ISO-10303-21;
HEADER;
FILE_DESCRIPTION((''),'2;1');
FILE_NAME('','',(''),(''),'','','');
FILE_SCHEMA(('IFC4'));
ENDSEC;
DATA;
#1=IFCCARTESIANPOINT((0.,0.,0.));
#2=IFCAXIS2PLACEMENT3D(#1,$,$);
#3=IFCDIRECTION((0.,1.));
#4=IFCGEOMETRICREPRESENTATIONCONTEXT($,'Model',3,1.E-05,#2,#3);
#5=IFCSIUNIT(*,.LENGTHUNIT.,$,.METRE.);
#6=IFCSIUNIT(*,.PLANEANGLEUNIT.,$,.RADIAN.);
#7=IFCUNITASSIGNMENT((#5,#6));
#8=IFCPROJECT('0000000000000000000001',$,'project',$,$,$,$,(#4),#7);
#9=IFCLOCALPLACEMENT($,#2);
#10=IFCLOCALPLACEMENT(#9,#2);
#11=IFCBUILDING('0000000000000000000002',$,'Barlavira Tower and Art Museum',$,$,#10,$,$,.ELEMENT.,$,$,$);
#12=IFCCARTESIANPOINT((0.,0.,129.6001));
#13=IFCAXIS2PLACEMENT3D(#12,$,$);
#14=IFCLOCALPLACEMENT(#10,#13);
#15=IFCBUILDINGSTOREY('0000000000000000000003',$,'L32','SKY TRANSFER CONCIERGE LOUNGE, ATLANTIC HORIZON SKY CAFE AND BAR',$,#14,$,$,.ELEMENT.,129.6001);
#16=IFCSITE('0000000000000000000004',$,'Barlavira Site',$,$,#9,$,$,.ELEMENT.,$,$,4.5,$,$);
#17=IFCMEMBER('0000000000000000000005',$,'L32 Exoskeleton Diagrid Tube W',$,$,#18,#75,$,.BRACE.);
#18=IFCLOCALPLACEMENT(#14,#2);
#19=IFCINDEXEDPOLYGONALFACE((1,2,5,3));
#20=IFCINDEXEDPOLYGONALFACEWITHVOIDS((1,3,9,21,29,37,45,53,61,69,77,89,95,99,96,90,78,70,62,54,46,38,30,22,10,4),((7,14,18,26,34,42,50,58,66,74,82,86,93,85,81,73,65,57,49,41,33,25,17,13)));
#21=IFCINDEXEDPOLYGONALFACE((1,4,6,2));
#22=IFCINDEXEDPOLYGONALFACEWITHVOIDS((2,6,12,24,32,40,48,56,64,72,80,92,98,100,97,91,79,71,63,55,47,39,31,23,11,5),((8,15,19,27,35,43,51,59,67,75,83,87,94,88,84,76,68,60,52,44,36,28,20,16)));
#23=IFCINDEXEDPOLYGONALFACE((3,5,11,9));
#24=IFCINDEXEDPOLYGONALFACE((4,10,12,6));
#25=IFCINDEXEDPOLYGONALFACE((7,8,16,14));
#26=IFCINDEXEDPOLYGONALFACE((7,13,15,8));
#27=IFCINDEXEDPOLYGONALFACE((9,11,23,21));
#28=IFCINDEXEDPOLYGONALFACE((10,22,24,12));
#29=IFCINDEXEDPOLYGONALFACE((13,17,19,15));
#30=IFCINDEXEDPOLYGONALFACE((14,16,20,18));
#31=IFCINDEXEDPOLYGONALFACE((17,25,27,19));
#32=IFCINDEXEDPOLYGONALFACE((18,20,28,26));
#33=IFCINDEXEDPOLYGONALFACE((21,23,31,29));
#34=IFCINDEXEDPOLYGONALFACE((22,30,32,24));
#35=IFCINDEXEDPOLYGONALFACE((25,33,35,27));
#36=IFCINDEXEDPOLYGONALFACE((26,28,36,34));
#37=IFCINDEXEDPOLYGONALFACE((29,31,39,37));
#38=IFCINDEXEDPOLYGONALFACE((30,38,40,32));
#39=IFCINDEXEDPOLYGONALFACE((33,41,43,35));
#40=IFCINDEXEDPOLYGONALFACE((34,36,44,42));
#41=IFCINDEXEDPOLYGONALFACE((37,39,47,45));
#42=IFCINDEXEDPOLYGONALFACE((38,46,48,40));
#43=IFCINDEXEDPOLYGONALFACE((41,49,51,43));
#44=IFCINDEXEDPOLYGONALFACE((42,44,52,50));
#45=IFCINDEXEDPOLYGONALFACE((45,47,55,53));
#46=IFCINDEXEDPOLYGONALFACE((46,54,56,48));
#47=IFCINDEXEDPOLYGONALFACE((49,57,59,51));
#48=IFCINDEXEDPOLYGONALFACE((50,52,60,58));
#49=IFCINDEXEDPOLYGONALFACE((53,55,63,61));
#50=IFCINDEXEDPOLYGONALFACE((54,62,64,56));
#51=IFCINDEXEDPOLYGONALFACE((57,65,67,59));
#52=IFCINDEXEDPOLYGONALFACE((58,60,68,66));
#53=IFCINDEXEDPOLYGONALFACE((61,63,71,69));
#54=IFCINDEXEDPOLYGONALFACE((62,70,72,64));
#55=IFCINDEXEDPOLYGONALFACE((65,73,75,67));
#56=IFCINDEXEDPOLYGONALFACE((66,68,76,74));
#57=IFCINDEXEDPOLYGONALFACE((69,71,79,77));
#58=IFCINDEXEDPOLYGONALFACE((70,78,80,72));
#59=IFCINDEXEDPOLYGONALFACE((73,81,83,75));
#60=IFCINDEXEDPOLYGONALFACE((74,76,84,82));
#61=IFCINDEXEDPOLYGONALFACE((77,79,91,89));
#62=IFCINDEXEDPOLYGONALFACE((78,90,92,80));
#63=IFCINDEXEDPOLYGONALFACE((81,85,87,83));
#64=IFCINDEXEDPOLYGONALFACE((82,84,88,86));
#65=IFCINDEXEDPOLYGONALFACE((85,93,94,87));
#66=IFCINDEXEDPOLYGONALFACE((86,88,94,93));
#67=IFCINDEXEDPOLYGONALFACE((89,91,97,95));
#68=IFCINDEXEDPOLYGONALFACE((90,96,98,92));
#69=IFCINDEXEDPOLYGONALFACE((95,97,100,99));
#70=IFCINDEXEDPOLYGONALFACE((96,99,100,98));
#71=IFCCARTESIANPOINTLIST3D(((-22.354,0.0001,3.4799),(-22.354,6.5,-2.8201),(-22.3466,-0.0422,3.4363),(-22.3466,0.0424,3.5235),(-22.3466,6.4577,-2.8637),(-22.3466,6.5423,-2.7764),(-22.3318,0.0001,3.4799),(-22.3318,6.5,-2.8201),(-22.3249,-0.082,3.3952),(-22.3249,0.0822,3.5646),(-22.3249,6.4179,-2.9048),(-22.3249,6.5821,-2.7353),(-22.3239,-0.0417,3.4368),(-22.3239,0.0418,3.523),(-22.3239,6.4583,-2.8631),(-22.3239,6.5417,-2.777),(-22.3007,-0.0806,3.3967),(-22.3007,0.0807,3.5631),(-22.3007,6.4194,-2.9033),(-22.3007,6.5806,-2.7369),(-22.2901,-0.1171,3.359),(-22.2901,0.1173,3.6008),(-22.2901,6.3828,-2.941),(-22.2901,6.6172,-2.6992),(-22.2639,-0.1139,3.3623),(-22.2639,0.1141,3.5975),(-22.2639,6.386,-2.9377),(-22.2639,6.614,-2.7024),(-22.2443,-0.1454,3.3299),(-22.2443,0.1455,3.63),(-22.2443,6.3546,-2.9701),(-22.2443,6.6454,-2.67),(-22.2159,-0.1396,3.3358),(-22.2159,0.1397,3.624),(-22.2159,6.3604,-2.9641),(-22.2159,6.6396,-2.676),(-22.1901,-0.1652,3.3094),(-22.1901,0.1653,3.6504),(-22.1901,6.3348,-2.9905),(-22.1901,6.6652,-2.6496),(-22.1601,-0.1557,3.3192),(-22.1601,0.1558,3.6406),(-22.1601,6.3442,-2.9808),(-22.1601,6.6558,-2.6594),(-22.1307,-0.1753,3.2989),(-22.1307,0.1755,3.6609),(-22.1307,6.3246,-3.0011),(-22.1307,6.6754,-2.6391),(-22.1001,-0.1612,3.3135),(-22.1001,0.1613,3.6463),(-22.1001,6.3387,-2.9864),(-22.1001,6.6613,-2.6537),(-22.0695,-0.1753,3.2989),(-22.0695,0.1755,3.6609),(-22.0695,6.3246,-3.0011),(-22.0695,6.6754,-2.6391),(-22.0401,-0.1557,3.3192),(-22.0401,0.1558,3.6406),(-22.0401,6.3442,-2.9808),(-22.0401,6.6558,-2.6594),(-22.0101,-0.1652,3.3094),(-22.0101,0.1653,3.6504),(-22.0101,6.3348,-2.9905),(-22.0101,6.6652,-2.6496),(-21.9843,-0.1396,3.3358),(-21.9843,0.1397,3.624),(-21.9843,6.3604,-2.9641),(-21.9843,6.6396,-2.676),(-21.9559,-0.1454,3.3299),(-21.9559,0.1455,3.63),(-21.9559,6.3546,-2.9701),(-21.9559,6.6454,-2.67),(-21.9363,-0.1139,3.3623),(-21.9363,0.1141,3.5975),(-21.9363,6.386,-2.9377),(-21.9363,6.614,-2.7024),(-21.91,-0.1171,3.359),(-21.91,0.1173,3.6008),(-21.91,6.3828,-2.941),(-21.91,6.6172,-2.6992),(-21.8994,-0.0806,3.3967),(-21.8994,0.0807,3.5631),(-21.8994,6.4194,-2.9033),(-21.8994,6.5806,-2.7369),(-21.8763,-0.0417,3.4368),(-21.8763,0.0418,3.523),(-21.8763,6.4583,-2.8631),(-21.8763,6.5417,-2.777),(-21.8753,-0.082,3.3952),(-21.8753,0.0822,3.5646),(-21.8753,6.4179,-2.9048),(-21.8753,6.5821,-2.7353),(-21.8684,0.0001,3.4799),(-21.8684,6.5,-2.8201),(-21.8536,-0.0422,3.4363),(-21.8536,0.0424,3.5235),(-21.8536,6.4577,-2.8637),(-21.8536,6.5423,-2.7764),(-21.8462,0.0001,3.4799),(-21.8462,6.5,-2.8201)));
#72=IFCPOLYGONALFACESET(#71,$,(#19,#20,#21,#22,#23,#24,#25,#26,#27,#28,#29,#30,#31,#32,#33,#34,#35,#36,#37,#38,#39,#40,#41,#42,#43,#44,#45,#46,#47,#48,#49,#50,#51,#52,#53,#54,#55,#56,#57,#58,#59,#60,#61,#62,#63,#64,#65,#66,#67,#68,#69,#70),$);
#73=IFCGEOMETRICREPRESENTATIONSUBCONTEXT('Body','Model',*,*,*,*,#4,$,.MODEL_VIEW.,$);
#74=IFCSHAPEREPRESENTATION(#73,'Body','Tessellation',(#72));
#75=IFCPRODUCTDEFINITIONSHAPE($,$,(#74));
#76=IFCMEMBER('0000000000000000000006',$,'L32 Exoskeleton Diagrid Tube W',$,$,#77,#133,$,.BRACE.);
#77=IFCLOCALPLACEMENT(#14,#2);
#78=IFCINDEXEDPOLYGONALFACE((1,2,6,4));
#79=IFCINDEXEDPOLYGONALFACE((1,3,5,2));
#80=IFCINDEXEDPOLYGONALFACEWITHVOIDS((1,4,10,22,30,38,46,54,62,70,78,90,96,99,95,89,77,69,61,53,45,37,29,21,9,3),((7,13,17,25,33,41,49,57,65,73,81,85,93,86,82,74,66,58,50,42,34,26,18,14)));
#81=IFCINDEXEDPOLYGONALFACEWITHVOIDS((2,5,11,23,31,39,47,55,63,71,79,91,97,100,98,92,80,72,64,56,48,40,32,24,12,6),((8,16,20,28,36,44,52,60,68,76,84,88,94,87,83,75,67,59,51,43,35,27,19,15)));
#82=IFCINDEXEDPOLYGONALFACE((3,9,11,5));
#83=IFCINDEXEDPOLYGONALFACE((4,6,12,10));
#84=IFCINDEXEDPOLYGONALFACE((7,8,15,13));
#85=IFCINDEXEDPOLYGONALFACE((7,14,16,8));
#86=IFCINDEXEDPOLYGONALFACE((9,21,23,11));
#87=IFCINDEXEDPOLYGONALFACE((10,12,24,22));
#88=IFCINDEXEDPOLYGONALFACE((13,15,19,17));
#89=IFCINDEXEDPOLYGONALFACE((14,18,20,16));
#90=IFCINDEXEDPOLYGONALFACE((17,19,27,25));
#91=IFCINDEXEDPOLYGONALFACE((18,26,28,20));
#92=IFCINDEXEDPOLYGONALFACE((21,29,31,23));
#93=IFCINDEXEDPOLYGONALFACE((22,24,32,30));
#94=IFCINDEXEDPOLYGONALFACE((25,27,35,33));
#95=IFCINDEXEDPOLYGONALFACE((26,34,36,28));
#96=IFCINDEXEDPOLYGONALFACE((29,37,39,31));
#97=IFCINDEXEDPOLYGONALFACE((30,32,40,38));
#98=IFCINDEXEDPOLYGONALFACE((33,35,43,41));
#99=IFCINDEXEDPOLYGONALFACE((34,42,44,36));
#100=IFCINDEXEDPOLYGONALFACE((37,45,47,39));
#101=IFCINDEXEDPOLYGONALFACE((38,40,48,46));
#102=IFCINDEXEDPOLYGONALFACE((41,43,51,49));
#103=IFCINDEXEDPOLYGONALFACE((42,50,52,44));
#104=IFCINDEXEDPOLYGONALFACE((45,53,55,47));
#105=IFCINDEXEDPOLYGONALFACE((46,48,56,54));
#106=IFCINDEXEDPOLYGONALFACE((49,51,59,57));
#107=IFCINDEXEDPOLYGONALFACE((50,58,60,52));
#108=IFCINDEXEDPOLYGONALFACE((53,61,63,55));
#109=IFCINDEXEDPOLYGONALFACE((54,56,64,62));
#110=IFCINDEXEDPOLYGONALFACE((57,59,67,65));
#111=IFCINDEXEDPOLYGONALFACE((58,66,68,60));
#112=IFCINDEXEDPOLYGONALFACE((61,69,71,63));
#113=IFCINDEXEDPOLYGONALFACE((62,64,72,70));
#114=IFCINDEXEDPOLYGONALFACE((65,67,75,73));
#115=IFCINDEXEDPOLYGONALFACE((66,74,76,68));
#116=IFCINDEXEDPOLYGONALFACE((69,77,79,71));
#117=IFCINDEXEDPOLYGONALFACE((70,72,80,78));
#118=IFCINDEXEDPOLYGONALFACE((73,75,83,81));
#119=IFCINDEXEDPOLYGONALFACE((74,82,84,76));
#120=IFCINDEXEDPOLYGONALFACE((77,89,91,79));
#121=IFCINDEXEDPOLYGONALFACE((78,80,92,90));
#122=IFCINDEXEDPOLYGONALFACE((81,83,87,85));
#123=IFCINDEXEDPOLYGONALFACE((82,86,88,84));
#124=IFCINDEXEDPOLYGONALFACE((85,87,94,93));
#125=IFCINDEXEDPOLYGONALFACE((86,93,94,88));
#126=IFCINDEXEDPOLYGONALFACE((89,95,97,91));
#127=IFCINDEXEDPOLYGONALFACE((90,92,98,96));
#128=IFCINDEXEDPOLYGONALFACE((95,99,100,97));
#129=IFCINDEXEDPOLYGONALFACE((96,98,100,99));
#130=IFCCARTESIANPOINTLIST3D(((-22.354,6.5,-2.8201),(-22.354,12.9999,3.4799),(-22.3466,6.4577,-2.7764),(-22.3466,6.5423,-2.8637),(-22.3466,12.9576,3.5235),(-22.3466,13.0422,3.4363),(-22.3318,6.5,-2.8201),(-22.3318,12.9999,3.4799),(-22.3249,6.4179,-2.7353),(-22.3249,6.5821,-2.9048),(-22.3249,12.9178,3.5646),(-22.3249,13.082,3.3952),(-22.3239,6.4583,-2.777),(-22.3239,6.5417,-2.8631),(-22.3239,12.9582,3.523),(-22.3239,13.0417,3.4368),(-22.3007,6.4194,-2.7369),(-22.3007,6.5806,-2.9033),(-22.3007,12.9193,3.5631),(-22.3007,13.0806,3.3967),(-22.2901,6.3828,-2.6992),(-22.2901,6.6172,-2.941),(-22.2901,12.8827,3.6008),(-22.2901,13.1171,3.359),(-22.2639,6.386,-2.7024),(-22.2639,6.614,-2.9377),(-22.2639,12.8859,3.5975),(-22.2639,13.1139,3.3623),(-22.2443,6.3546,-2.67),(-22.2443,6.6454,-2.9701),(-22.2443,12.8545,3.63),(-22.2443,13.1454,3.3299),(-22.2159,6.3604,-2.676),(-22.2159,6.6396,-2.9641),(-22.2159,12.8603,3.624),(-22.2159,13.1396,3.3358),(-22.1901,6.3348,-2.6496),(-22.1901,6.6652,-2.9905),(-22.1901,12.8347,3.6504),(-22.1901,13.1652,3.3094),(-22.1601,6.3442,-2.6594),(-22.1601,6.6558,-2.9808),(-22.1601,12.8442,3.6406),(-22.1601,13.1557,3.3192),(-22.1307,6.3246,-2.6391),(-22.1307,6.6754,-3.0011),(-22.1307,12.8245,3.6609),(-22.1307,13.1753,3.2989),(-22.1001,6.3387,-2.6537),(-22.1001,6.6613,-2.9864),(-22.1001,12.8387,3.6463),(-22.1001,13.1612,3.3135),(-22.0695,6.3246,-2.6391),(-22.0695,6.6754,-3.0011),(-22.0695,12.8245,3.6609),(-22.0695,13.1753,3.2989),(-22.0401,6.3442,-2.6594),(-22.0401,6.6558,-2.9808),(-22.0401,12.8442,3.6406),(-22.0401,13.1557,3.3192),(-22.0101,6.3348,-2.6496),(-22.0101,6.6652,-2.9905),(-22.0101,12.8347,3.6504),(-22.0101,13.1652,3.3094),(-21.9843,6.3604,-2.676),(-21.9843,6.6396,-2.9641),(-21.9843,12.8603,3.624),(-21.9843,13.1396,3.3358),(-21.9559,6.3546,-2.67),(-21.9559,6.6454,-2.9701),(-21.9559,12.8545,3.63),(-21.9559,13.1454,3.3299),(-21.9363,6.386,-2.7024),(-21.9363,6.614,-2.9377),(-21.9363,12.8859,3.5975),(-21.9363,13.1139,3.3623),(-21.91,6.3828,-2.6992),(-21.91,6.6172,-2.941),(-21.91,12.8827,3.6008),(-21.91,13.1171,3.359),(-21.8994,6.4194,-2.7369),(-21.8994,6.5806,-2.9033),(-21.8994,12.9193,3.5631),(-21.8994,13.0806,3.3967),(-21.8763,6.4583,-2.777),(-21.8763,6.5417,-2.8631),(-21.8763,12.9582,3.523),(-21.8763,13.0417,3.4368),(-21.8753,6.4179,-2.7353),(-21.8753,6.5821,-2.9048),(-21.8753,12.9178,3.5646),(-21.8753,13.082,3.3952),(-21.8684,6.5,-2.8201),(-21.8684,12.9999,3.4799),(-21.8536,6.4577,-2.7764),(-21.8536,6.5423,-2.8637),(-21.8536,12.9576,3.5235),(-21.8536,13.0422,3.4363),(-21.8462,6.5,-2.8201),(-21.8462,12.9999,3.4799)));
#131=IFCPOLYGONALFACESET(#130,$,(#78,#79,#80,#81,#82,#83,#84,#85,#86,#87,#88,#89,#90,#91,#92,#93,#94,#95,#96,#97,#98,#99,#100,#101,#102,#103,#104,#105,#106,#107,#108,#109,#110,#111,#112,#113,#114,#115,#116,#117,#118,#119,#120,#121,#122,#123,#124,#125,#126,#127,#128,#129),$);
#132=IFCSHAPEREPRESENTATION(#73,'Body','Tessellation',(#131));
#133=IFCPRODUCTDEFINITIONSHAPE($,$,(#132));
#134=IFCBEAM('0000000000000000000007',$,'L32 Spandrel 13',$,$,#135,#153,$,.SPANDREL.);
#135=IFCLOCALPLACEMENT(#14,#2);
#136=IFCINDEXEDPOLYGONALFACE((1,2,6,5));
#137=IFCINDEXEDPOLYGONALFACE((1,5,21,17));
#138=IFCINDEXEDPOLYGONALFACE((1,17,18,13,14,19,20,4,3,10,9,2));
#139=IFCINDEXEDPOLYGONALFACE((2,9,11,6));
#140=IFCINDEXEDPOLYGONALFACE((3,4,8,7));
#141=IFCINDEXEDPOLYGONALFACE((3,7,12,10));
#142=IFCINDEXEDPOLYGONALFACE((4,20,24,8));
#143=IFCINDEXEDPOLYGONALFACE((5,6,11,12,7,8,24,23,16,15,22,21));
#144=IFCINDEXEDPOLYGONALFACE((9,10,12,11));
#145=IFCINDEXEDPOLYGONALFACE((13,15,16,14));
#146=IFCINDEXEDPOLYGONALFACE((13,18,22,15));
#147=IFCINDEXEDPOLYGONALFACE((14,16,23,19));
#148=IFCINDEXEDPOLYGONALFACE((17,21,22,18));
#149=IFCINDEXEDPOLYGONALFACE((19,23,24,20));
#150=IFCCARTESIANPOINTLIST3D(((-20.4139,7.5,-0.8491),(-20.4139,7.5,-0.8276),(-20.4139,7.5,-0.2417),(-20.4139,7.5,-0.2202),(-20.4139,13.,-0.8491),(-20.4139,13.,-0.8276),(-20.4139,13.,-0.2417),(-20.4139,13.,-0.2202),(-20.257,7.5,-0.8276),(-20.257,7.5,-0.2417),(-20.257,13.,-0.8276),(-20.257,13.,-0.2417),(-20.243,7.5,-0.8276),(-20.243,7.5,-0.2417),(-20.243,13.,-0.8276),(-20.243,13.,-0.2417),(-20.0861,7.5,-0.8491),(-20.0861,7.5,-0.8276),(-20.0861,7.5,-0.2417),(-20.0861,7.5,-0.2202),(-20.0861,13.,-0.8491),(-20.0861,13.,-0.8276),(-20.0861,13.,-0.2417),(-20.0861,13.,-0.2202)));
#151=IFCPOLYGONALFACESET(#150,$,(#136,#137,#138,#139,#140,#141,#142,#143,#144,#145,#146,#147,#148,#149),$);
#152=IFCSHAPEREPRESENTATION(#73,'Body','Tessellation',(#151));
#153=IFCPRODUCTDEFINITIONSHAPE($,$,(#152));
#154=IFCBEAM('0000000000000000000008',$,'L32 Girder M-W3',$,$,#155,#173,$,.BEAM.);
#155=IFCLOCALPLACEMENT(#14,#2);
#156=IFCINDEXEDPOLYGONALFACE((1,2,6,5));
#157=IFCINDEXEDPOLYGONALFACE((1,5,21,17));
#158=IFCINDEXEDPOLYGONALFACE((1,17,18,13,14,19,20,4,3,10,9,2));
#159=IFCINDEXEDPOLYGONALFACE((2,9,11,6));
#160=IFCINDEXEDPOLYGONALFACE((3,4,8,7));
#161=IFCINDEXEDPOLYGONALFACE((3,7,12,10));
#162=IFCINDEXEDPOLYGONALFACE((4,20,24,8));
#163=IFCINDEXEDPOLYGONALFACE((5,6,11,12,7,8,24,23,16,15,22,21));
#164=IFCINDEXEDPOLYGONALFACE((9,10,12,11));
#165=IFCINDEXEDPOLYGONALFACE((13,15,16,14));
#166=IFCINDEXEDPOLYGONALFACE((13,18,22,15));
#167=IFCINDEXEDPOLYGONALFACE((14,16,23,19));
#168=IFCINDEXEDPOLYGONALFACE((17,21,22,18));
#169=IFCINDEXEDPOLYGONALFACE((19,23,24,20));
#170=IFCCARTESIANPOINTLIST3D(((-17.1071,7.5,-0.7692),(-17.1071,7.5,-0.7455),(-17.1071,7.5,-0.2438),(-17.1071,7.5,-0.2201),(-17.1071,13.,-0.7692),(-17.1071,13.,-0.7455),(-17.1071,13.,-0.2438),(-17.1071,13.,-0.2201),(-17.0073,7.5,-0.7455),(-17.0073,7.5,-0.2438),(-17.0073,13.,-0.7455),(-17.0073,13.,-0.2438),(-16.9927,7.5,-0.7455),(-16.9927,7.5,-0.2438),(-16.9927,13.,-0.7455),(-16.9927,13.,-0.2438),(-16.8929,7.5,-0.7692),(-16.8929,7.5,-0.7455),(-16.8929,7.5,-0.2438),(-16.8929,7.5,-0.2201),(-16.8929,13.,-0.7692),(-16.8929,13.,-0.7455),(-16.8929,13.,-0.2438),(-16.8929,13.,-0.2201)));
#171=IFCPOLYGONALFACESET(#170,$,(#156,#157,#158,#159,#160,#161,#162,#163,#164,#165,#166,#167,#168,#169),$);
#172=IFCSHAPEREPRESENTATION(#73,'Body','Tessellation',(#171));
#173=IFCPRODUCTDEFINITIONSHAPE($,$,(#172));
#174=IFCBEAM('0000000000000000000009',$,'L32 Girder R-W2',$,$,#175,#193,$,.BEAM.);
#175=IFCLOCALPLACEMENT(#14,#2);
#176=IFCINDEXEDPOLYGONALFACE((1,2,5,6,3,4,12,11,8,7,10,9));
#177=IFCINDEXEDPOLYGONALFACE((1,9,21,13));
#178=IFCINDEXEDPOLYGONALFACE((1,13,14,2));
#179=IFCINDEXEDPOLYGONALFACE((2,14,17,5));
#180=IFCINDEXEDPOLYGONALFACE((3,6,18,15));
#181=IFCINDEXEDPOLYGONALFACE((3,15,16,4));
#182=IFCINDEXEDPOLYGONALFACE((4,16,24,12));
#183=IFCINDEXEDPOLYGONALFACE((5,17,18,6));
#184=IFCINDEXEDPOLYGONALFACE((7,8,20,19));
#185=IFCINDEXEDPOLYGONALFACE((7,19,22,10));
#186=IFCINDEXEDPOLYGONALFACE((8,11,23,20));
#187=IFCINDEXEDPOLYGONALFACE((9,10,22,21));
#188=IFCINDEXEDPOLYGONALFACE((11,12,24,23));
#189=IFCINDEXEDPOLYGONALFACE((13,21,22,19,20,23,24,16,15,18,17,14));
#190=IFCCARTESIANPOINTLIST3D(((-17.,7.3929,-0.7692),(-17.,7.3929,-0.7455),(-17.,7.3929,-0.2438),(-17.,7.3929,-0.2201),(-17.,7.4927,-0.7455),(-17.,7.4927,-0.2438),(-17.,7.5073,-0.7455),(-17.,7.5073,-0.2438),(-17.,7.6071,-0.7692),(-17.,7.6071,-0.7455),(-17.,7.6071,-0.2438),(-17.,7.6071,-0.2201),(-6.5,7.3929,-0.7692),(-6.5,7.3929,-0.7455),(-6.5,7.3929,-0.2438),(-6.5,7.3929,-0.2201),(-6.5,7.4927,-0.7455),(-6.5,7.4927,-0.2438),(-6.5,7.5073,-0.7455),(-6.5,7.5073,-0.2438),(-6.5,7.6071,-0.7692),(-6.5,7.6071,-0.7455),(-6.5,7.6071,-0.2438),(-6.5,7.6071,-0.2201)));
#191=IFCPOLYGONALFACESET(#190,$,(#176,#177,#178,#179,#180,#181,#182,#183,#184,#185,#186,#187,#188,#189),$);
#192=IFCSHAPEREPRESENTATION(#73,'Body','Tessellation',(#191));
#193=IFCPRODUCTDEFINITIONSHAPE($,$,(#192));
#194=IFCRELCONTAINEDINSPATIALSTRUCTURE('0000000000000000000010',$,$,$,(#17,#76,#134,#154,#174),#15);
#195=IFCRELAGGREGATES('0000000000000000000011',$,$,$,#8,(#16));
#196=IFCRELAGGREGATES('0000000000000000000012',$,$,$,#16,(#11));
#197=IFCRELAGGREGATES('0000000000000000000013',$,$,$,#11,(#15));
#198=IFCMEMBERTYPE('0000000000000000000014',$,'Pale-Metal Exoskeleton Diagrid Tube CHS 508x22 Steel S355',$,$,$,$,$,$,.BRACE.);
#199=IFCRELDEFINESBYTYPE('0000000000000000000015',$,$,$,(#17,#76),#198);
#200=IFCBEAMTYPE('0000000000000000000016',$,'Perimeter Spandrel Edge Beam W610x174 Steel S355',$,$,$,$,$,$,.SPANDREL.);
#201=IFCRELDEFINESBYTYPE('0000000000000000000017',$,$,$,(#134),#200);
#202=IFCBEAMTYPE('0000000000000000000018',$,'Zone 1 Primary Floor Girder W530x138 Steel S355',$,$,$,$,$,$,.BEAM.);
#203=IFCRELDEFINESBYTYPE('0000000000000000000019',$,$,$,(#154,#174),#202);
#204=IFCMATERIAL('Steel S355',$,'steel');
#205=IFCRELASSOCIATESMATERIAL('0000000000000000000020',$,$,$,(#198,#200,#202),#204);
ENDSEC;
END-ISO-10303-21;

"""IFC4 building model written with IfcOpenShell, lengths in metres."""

from ifc_helpers import new_model, si_unit, direction, frame, origin, origin_2d, place, context, subcontext, project, spatial, hollow_circle, i_section, extrude, material, material_profile, profile_set, type_object, element, save


model = new_model("IFC4")

# Units and contexts
model_context = context("Model", 3, precision=1e-05, world=origin(), true_north=direction((0.0, 1.0)))
body_context = subcontext(model_context, "Body", "Model", "MODEL_VIEW")
ifc_project = project(units=[si_unit("LENGTHUNIT", "METRE"), si_unit("PLANEANGLEUNIT", "RADIAN")], contexts=[model_context])

# Site, building, storey
site_placement = place(None, origin())
site = spatial("IfcSite", under=ifc_project, at=site_placement, Name="Barlavira Site", CompositionType="ELEMENT", RefElevation=4.5)
building_placement = place(site_placement, origin())
building = spatial("IfcBuilding", under=site, at=building_placement, Name="Barlavira Tower and Art Museum", CompositionType="ELEMENT")
storey_placement = place(building_placement, frame((0.0, 0.0, 129.6001)))
storey = spatial("IfcBuildingStorey", under=building, at=storey_placement, Name="L32", Description="SKY TRANSFER CONCIERGE LOUNGE, ATLANTIC HORIZON SKY CAFE AND BAR", CompositionType="ELEMENT", Elevation=129.6001)

# Members
ifc_material_1 = material(Name="Steel S355", Category="steel")
ifc_material_profile_1 = material_profile(ifc_material_1, hollow_circle(Radius=0.2539, WallThickness=0.0222, at=origin_2d()), Name="CHS 508.0x22.2")
ifc_profile_set_1 = profile_set([ifc_material_profile_1], Name="Steel S355")
member_type_1 = type_object("IfcMemberType", Name="Pale-Metal Exoskeleton Diagrid Tube CHS 508x22 Steel S355", PredefinedType="BRACE", material=ifc_profile_set_1)
for number, where, z_axis, x_axis, name in (
    (1, (-22.1001, 6.5, -2.8201), (0.0, -0.718065, 0.695976), (1.0, 0.0, 0.0), "L32 Exoskeleton Diagrid Tube W"),
    (2, (-22.1001, 6.5, -2.8201), (0.0, 0.718065, 0.695976), (-1.0, 0.0, 0.0), "L32 Exoskeleton Diagrid Tube W"),
):
    element("IfcMember", number, at=place(storey_placement, frame(where, z_axis=z_axis, x_axis=x_axis)), inside=storey, type_object=member_type_1, Name=name, PredefinedType="BRACE", context=body_context, shape_type="SweptSolid", body=[
        extrude(hollow_circle(Radius=0.2539, WallThickness=0.0222, at=origin_2d()), origin(), (0.0, 0.0, 1.0), 9.052),
    ])

# Beams
ifc_material_profile_2 = material_profile(ifc_material_1, i_section(OverallWidth=0.3279, OverallDepth=0.6289, WebThickness=0.0139, FlangeThickness=0.0215, at=origin_2d()), Name="W610x174.0")
ifc_profile_set_2 = profile_set([ifc_material_profile_2], Name="Steel S355")
beam_type_1 = type_object("IfcBeamType", Name="Perimeter Spandrel Edge Beam W610x174 Steel S355", PredefinedType="SPANDREL", material=ifc_profile_set_2)
beam_1_placement = place(storey_placement, frame((-20.25, 7.5, -0.5347), z_axis=(0.0, 1.0, 0.0), x_axis=(-1.0, 0.0, 0.0)))
element("IfcBeam", 3, at=beam_1_placement, inside=storey, type_object=beam_type_1, Name="L32 Spandrel 13", PredefinedType="SPANDREL", context=body_context, shape_type="SweptSolid", body=[
    extrude(i_section(OverallWidth=0.3279, OverallDepth=0.6289, WebThickness=0.0139, FlangeThickness=0.0215, at=origin_2d()), origin(), (0.0, 0.0, 1.0), 5.5),
])
ifc_material_profile_3 = material_profile(ifc_material_1, i_section(OverallWidth=0.2141, OverallDepth=0.5491, WebThickness=0.0146, FlangeThickness=0.0237, at=origin_2d()), Name="W530x138.0")
ifc_profile_set_3 = profile_set([ifc_material_profile_3], Name="Steel S355")
beam_type_2 = type_object("IfcBeamType", Name="Zone 1 Primary Floor Girder W530x138 Steel S355", PredefinedType="BEAM", material=ifc_profile_set_3)
beam_2_placement = place(storey_placement, frame((-17.0, 7.5, -0.4946), z_axis=(0.0, 1.0, 0.0), x_axis=(-1.0, 0.0, 0.0)))
element("IfcBeam", 4, at=beam_2_placement, inside=storey, type_object=beam_type_2, Name="L32 Girder M-W3", PredefinedType="BEAM", context=body_context, shape_type="SweptSolid", body=[
    extrude(i_section(OverallWidth=0.2141, OverallDepth=0.5491, WebThickness=0.0146, FlangeThickness=0.0237, at=origin_2d()), origin(), (0.0, 0.0, 1.0), 5.5),
])
beam_3_placement = place(storey_placement, frame((-17.0, 7.5, -0.4946), z_axis=(1.0, 0.0, 0.0), x_axis=(0.0, 1.0, 0.0)))
element("IfcBeam", 5, at=beam_3_placement, inside=storey, type_object=beam_type_2, Name="L32 Girder R-W2", PredefinedType="BEAM", context=body_context, shape_type="SweptSolid", body=[
    extrude(i_section(OverallWidth=0.2141, OverallDepth=0.5491, WebThickness=0.0146, FlangeThickness=0.0237, at=origin_2d()), origin(), (0.0, 0.0, 1.0), 10.5),
])

save(model, "model.ifc")
